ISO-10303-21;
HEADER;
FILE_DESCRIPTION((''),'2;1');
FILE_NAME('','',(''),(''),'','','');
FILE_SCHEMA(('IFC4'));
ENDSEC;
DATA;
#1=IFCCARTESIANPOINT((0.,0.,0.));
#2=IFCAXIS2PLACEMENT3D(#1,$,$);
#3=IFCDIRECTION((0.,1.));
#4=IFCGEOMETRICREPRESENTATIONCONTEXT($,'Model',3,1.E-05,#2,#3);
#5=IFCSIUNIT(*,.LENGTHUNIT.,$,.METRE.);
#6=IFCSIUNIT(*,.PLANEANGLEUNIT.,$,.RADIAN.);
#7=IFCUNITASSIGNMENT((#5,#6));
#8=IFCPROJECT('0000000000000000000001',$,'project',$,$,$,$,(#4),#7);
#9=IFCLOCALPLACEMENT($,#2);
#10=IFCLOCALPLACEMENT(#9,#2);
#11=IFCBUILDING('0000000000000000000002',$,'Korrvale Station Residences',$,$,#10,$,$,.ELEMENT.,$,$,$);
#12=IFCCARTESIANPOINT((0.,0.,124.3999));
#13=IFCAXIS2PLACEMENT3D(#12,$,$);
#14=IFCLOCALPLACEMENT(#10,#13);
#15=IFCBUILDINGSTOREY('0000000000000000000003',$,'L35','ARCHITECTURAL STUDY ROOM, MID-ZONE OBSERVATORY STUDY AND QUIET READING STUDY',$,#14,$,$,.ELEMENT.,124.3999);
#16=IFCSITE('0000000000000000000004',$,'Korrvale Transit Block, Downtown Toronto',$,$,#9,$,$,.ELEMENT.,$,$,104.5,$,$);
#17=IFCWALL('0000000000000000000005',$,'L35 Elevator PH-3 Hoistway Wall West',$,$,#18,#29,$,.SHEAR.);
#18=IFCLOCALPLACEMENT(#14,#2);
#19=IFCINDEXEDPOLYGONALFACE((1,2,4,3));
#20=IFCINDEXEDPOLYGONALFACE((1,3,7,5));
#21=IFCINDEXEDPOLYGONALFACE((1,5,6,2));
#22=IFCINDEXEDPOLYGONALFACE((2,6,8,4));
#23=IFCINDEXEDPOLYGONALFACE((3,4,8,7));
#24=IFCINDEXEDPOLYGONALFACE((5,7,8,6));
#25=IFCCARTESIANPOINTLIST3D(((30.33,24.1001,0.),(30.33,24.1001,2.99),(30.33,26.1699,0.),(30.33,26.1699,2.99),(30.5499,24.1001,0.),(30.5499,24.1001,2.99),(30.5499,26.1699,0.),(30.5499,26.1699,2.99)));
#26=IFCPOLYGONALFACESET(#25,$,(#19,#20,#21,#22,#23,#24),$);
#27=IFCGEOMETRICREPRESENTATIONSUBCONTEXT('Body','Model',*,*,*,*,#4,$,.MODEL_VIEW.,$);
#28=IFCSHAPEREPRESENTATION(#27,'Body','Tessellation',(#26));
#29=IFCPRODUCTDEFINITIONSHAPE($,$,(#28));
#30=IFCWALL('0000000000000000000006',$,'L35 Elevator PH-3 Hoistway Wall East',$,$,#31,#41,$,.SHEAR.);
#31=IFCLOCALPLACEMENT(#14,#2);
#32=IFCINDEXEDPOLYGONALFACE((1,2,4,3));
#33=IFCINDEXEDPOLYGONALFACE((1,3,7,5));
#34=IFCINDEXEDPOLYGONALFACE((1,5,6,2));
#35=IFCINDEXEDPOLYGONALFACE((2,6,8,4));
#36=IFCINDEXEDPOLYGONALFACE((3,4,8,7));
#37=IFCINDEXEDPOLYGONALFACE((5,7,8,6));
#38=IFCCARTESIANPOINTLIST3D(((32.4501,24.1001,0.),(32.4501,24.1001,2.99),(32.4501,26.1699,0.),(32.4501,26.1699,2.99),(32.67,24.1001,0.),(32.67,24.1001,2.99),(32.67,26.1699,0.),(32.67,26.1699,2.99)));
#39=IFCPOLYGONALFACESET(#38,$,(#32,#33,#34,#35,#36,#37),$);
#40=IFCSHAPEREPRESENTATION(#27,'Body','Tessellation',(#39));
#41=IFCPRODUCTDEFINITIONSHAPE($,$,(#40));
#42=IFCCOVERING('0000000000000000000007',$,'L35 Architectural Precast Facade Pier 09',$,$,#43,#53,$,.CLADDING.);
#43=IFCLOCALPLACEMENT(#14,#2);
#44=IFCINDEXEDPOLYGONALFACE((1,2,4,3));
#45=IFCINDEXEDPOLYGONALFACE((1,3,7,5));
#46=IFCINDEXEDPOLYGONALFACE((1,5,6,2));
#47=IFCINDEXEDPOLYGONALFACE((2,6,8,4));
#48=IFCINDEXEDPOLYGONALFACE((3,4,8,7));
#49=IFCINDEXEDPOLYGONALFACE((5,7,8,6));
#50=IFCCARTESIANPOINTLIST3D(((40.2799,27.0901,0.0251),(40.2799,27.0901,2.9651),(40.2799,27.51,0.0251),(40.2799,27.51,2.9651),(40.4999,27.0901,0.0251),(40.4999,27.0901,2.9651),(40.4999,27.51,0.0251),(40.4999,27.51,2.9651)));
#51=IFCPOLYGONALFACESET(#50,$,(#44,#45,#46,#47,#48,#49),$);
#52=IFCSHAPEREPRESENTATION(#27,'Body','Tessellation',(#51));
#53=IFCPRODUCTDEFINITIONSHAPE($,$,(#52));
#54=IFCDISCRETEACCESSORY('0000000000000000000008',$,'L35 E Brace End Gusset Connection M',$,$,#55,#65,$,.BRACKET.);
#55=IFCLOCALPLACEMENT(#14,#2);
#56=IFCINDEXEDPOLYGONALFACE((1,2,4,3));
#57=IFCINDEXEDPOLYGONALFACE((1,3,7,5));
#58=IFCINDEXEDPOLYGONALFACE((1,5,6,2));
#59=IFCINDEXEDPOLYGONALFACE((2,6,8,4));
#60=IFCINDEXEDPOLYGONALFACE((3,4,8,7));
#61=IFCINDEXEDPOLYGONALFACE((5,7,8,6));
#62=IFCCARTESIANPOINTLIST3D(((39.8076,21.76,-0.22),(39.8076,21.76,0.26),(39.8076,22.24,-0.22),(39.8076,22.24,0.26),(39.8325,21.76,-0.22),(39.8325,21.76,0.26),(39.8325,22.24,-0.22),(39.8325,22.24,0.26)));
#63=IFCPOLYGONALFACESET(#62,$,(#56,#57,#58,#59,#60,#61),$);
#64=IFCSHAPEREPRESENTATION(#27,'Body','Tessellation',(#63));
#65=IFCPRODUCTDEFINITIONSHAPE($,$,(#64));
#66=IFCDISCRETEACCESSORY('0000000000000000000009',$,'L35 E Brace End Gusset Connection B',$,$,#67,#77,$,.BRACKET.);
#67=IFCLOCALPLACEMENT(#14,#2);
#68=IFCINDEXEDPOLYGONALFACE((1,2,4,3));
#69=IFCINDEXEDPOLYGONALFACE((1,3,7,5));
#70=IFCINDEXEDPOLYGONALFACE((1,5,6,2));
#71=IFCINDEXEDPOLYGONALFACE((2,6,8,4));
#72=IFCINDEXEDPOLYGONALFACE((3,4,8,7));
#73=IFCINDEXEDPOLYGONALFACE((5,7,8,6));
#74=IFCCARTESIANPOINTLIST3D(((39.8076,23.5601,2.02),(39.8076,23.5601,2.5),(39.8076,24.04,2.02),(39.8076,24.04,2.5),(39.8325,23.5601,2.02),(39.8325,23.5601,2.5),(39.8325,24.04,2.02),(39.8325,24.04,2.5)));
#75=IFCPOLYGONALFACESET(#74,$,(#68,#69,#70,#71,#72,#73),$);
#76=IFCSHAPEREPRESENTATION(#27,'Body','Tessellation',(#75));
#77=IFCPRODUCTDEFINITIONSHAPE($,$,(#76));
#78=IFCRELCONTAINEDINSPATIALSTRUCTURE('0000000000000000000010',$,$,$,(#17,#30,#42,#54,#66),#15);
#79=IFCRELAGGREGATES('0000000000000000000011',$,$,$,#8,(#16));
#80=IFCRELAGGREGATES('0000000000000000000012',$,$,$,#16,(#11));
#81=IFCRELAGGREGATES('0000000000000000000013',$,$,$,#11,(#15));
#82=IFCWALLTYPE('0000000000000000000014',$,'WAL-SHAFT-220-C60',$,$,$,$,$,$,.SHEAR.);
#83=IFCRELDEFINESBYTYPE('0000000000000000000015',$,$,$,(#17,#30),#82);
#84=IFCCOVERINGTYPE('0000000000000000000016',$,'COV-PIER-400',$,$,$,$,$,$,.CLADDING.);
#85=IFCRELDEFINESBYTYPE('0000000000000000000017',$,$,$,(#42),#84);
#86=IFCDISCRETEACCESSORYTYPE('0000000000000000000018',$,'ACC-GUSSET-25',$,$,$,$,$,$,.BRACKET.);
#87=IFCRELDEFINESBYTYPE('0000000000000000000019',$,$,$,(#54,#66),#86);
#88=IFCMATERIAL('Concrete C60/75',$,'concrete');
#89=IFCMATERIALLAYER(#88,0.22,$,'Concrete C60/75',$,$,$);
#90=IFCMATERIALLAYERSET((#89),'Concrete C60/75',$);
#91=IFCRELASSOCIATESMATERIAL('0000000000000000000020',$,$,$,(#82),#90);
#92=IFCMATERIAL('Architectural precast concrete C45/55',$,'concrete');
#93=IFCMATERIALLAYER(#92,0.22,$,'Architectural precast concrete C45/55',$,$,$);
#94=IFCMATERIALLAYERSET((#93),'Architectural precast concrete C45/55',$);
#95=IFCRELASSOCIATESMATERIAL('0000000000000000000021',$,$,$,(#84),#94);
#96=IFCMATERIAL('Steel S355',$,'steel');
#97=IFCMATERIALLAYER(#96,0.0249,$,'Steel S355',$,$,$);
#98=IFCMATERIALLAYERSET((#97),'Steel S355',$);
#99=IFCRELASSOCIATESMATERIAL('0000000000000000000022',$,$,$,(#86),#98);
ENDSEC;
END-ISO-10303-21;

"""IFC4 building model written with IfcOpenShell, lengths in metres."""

from ifc_helpers import new_model, si_unit, direction, frame, frame_2d, origin, origin_2d, place, context, subcontext, project, spatial, rectangle, extrude, material, layer, layer_set, type_object, element, save


model = new_model("IFC4")

# Units and contexts
model_context = context("Model", 3, precision=1e-05, world=origin(), true_north=direction((0.0, 1.0)))
body_context = subcontext(model_context, "Body", "Model", "MODEL_VIEW")
ifc_project = project(units=[si_unit("LENGTHUNIT", "METRE"), si_unit("PLANEANGLEUNIT", "RADIAN")], contexts=[model_context])

# Site, building, storey
site_placement = place(None, origin())
site = spatial("IfcSite", under=ifc_project, at=site_placement, Name="Korrvale Transit Block, Downtown Toronto", CompositionType="ELEMENT", RefElevation=104.5)
building_placement = place(site_placement, origin())
building = spatial("IfcBuilding", under=site, at=building_placement, Name="Korrvale Station Residences", CompositionType="ELEMENT")
storey_placement = place(building_placement, frame((0.0, 0.0, 124.3999)))
storey = spatial("IfcBuildingStorey", under=building, at=storey_placement, Name="L35", Description="ARCHITECTURAL STUDY ROOM, MID-ZONE OBSERVATORY STUDY AND QUIET READING STUDY", CompositionType="ELEMENT", Elevation=124.3999)

# Shared definitions
ifc_material_1 = material(Name="Concrete C60/75", Category="concrete")

# Shared definitions
ifc_material_2 = material(Name="Steel S355", Category="steel")

# Walls
ifc_layer_1 = layer(ifc_material_1, 0.22, Name="Concrete C60/75")
ifc_layer_set_1 = layer_set([ifc_layer_1], Name="Concrete C60/75")
wall_type_1 = type_object("IfcWallType", Name="WAL-SHAFT-220-C60", PredefinedType="SHEAR", material=ifc_layer_set_1)
for number, where, z_axis, x_axis, name in (
    (1, (30.4399, 24.1001, 0.0), (0.0, 0.0, 1.0), (0.0, 1.0, 0.0), "L35 Elevator PH-3 Hoistway Wall West"),
    (2, (32.5601, 24.1001, 0.0), (0.0, 0.0, 1.0), (0.0, 1.0, 0.0), "L35 Elevator PH-3 Hoistway Wall East"),
):
    element("IfcWall", number, at=place(storey_placement, frame(where, z_axis=z_axis, x_axis=x_axis)), inside=storey, type_object=wall_type_1, Name=name, PredefinedType="SHEAR", context=body_context, shape_type="SweptSolid", body=[
        extrude(rectangle(XDim=2.0698, YDim=0.22, at=frame_2d((1.0349, 0.0))), origin(), (0.0, 0.0, 1.0), 2.99),
    ])

# Covering
ifc_material_3 = material(Name="Architectural precast concrete C45/55", Category="concrete")
ifc_layer_2 = layer(ifc_material_3, 0.22, Name="Architectural precast concrete C45/55")
ifc_layer_set_2 = layer_set([ifc_layer_2], Name="Architectural precast concrete C45/55")
covering_type = type_object("IfcCoveringType", Name="COV-PIER-400", PredefinedType="CLADDING", material=ifc_layer_set_2)
covering_placement = place(storey_placement, frame((40.3899, 27.3, 0.0251), z_axis=(0.0, 0.0, 1.0), x_axis=(0.0, 1.0, 0.0)))
element("IfcCovering", 3, at=covering_placement, inside=storey, type_object=covering_type, Name="L35 Architectural Precast Facade Pier 09", PredefinedType="CLADDING", context=body_context, shape_type="SweptSolid", body=[
    extrude(rectangle(XDim=0.4199, YDim=0.22, at=origin_2d()), origin(), (0.0, 0.0, 1.0), 2.9399),
])

# Discrete accessories
ifc_layer_3 = layer(ifc_material_2, 0.0249, Name="Steel S355")
ifc_layer_set_3 = layer_set([ifc_layer_3], Name="Steel S355")
discrete_accessory_type = type_object("IfcDiscreteAccessoryType", Name="ACC-GUSSET-25", PredefinedType="BRACKET", material=ifc_layer_set_3)
for number, where, z_axis, x_axis, name in (
    (4, (39.8201, 22.0, -0.22), (0.0, 0.0, 1.0), (0.0, 1.0, 0.0), "L35 E Brace End Gusset Connection M"),
    (5, (39.8201, 23.8, 2.02), (0.0, 0.0, 1.0), (0.0, 1.0, 0.0), "L35 E Brace End Gusset Connection B"),
):
    element("IfcDiscreteAccessory", number, at=place(storey_placement, frame(where, z_axis=z_axis, x_axis=x_axis)), inside=storey, type_object=discrete_accessory_type, Name=name, PredefinedType="BRACKET", context=body_context, shape_type="SweptSolid", body=[
        extrude(rectangle(XDim=0.48, YDim=0.0249, at=origin_2d()), origin(), (0.0, 0.0, 1.0), 0.48),
    ])

save(model, "model.ifc")
